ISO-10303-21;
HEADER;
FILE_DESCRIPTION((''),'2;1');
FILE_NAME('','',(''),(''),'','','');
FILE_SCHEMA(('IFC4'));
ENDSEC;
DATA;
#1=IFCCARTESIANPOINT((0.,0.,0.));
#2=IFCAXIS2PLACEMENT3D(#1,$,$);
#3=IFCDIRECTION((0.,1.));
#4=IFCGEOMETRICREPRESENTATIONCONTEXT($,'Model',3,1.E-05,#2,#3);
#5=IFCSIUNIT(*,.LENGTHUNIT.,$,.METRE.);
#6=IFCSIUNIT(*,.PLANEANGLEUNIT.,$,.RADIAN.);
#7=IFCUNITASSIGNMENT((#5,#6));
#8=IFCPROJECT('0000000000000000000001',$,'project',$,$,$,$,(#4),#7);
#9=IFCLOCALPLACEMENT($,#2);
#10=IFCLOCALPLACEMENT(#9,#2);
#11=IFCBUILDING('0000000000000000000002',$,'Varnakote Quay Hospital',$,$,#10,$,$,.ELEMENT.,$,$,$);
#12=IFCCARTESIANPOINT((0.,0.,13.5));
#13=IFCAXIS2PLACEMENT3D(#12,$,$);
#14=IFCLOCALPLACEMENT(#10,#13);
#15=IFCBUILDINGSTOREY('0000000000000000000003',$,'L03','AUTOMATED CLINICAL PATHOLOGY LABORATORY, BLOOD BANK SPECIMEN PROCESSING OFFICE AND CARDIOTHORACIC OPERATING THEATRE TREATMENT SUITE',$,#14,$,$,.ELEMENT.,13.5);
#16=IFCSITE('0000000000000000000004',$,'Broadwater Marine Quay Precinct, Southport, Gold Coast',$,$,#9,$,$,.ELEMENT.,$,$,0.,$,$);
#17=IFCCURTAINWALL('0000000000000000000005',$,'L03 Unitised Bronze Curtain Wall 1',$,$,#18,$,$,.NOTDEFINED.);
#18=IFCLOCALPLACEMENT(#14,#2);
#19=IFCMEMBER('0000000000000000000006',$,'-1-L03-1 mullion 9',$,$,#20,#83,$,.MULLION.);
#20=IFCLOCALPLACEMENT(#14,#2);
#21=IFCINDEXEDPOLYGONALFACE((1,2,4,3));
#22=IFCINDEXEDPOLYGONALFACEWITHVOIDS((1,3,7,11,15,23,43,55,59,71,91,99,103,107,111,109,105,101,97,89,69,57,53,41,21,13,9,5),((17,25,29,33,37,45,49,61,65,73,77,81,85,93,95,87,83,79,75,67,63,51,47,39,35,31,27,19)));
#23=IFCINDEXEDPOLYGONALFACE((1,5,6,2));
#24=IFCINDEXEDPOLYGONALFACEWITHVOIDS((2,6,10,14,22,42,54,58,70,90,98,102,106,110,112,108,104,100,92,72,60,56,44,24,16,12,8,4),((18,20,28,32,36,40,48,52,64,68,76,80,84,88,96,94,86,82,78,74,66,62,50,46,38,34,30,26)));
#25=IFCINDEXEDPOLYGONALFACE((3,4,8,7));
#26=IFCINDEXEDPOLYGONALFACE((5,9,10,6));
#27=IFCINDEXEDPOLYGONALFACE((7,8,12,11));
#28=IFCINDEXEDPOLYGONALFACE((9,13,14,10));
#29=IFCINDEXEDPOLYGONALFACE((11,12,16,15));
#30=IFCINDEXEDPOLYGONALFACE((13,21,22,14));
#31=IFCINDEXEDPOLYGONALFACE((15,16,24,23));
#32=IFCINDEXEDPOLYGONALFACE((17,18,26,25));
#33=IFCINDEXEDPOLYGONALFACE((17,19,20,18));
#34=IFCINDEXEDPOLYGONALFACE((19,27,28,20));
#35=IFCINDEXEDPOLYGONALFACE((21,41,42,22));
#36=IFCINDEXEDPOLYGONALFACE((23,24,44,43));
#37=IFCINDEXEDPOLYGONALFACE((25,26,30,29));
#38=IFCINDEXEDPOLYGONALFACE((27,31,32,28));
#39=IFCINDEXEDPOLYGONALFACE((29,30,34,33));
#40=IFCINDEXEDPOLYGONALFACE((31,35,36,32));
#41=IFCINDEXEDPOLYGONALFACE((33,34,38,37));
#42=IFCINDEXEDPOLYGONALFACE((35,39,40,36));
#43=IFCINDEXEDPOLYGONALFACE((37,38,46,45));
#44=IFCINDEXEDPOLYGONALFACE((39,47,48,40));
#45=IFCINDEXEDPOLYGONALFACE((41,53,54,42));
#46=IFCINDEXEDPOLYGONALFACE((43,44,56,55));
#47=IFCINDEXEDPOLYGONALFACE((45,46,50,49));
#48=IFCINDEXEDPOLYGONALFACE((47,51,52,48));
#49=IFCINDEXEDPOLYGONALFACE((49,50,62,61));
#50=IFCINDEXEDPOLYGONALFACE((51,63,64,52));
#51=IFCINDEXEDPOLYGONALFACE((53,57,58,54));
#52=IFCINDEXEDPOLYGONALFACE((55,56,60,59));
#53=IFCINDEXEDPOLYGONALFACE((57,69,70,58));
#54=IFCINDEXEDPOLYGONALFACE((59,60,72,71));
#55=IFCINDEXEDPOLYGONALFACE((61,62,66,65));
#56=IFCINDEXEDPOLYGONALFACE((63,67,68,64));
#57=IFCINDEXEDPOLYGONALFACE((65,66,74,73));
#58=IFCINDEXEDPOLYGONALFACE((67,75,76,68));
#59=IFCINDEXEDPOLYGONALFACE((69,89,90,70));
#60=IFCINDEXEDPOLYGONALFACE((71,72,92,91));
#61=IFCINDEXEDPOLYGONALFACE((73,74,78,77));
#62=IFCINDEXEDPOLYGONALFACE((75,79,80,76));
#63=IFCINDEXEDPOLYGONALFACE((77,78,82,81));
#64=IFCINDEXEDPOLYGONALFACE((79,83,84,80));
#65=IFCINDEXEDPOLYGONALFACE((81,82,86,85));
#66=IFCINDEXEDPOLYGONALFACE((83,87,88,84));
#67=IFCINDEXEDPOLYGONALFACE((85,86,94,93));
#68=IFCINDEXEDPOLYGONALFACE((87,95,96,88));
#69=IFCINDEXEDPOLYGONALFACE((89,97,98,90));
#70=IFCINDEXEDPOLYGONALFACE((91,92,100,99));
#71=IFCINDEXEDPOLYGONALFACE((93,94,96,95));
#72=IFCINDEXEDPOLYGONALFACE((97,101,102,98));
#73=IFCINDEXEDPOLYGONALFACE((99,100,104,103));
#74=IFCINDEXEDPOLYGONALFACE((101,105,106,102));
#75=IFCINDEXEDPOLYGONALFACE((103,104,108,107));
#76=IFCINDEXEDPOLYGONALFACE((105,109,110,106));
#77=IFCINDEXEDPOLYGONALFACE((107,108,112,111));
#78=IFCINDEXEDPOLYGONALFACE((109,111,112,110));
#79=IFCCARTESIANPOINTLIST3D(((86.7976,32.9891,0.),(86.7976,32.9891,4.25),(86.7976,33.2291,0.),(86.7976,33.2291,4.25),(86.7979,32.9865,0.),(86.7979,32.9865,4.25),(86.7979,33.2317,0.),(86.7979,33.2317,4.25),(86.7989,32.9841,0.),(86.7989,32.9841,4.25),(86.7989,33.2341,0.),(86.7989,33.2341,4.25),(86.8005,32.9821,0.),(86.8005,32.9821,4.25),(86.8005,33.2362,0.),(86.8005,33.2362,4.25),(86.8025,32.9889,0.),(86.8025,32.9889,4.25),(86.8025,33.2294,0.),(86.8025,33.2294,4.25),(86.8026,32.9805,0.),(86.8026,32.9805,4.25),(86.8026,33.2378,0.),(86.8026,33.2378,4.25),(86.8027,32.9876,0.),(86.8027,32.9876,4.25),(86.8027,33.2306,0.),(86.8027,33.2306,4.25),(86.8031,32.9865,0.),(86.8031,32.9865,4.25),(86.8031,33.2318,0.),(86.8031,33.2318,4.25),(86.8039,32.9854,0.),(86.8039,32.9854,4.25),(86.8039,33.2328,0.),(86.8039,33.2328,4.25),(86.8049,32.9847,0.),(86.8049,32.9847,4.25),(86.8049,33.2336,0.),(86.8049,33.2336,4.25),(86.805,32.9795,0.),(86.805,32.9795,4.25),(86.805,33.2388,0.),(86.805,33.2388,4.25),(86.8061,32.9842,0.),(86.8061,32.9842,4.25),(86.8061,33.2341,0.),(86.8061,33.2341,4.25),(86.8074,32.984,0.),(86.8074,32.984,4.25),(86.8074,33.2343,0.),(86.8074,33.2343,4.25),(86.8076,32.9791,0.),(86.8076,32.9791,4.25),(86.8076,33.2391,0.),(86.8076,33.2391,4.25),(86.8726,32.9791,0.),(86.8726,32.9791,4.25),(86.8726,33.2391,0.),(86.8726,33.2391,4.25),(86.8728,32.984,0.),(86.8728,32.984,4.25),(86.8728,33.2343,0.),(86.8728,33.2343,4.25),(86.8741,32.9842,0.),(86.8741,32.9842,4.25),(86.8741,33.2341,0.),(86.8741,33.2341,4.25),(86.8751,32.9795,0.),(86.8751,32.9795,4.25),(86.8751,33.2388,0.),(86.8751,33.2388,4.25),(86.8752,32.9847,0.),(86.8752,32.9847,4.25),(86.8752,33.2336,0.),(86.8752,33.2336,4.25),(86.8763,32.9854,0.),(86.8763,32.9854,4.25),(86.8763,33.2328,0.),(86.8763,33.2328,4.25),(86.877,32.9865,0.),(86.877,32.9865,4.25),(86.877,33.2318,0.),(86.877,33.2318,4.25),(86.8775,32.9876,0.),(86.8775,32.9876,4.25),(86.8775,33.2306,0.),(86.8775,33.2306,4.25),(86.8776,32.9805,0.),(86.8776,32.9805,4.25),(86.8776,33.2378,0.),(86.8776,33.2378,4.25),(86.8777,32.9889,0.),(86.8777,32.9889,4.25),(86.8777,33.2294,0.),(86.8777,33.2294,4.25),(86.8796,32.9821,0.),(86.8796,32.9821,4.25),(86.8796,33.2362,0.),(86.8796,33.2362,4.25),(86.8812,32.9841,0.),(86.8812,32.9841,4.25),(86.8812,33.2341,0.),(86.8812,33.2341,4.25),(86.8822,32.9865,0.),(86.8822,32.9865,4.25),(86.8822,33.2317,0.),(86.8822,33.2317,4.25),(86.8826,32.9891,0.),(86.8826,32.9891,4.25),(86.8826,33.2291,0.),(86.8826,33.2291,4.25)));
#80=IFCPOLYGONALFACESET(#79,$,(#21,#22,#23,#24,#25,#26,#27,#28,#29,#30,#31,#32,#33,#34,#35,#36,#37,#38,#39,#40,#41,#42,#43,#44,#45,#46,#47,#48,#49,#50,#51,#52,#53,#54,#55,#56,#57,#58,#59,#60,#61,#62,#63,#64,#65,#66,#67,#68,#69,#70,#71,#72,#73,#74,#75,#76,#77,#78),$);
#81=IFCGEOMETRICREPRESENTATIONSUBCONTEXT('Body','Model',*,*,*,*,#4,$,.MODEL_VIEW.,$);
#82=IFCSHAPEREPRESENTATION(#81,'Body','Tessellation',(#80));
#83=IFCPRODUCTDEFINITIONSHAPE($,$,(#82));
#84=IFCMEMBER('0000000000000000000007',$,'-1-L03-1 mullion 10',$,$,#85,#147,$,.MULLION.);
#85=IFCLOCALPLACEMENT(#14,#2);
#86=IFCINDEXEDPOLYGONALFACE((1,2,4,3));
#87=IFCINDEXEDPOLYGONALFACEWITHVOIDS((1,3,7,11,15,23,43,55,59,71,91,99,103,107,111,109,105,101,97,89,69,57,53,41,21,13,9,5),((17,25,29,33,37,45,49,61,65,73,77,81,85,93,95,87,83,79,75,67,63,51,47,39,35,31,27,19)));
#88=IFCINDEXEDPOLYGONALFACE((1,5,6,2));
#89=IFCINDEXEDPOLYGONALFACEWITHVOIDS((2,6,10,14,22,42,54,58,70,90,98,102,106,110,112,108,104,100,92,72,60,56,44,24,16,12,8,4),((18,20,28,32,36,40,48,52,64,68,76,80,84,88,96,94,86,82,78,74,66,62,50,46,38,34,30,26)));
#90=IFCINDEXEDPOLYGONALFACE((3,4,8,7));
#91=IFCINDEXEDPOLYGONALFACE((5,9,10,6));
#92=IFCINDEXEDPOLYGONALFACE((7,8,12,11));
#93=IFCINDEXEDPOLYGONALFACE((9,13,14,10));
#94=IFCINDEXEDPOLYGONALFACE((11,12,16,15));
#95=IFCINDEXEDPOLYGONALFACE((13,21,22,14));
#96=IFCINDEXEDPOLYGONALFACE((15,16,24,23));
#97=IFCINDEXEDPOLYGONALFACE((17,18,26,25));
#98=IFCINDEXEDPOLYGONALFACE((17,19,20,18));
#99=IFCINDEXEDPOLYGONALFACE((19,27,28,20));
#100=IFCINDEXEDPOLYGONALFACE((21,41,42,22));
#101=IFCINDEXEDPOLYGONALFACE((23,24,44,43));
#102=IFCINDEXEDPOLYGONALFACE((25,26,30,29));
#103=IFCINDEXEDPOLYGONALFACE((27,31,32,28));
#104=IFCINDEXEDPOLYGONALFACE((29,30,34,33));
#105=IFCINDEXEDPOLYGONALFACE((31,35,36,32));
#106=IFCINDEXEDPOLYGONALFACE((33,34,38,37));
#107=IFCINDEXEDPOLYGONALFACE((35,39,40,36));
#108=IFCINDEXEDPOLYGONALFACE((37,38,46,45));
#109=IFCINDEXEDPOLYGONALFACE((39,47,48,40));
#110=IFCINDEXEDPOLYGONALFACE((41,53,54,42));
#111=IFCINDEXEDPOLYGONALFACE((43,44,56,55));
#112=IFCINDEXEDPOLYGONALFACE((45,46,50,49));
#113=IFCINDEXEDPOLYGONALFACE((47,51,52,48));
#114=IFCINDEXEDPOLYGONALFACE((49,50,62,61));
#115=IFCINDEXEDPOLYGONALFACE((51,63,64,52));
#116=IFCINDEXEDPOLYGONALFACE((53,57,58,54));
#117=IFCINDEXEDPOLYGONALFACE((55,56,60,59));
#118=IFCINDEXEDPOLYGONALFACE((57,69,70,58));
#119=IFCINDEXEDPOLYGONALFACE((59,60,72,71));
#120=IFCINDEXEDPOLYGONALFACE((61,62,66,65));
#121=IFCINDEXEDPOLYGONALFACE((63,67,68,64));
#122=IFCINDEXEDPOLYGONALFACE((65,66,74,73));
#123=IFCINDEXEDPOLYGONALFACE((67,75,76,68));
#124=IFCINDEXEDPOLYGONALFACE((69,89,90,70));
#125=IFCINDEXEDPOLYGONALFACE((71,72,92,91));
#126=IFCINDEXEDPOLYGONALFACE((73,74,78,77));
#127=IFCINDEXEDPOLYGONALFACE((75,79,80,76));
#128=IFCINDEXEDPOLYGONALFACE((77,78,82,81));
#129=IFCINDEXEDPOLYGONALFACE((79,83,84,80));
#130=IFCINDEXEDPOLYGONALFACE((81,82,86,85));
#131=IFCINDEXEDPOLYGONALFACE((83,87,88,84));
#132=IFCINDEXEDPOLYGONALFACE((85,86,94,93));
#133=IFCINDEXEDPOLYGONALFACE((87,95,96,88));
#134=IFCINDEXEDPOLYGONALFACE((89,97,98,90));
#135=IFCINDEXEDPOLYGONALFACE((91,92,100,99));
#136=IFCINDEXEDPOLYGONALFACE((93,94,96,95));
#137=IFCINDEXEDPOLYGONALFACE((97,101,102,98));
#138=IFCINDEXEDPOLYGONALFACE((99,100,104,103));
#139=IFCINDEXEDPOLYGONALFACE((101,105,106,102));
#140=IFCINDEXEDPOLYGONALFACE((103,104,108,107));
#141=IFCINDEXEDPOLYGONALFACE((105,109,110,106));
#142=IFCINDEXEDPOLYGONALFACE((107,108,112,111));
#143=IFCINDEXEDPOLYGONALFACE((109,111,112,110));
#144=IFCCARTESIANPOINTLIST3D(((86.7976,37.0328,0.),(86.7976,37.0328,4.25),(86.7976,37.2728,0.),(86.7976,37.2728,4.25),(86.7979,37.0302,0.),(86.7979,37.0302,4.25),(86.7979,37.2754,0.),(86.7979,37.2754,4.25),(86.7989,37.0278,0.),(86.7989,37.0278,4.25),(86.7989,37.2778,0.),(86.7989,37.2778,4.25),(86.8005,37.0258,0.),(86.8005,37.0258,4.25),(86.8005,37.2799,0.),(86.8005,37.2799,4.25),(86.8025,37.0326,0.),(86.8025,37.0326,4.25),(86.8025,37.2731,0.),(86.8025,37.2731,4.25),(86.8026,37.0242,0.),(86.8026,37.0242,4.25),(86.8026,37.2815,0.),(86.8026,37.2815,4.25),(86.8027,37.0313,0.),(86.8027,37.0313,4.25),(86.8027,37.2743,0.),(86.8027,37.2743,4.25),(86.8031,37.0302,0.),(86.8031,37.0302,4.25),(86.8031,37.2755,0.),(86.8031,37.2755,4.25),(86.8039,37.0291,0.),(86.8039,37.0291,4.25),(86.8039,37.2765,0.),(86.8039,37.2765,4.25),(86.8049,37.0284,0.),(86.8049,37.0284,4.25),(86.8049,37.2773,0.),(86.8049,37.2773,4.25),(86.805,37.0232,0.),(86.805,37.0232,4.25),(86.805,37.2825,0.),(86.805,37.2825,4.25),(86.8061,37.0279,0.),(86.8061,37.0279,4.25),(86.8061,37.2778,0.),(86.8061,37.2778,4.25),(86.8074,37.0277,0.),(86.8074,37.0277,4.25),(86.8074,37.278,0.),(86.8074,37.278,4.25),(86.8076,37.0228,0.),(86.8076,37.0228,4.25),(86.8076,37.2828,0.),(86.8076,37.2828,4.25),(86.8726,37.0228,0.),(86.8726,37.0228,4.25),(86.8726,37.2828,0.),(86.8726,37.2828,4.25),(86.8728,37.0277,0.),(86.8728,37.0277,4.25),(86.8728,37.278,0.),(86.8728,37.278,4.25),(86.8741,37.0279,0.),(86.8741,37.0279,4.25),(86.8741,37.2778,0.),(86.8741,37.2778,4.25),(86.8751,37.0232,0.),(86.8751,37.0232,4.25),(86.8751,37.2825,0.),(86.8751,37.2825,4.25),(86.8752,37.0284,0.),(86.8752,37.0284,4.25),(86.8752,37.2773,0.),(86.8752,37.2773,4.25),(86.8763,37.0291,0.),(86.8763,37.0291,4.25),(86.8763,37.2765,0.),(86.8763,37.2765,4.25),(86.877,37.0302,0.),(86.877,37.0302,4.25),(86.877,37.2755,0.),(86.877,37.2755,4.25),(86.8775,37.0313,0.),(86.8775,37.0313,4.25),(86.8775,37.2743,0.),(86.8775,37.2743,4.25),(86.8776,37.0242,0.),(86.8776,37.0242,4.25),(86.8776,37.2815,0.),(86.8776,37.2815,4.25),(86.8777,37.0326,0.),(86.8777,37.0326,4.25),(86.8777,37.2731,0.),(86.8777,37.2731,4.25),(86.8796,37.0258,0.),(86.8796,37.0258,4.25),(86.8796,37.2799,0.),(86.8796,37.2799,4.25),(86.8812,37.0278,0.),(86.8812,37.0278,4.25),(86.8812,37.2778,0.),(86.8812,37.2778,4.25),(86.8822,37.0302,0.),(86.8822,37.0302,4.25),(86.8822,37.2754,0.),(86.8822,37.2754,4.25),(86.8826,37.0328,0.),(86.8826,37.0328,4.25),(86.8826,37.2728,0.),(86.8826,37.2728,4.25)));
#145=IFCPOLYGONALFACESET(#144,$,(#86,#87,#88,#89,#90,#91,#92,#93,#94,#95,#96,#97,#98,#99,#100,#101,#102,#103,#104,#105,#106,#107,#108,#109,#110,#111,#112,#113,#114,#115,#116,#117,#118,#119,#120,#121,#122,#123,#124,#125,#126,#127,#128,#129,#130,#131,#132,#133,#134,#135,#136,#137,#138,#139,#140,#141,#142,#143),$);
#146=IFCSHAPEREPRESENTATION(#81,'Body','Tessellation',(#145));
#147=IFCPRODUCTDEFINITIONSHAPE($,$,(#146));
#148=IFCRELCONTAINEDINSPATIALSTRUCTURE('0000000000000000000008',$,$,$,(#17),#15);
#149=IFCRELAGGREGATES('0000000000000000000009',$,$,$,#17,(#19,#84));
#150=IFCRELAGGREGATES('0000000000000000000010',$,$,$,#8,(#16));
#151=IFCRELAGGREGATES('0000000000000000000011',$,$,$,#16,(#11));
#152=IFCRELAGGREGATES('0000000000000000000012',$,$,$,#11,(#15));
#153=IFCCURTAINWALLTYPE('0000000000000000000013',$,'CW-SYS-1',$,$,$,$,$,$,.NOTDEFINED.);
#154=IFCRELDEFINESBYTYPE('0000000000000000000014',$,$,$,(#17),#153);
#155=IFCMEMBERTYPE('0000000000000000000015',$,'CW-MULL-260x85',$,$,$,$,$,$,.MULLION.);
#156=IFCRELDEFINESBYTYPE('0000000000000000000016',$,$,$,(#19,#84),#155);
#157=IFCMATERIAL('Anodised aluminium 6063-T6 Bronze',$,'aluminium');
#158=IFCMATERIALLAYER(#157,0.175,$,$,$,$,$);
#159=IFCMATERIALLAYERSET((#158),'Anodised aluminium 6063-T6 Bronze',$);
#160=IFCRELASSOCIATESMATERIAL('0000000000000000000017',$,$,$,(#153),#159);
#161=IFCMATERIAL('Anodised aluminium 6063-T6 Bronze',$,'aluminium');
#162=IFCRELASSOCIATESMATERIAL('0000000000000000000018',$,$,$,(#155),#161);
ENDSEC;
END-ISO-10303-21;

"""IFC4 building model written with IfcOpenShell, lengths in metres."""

from ifc_helpers import new_model, si_unit, direction, frame, origin, origin_2d, place, context, subcontext, project, spatial, hollow_rectangle, extrude, material, layer, layer_set, material_profile, profile_set, type_object, element, aggregate, save


model = new_model("IFC4")

# Units and contexts
model_context = context("Model", 3, precision=1e-05, world=origin(), true_north=direction((0.0, 1.0)))
body_context = subcontext(model_context, "Body", "Model", "MODEL_VIEW")
ifc_project = project(units=[si_unit("LENGTHUNIT", "METRE"), si_unit("PLANEANGLEUNIT", "RADIAN")], contexts=[model_context])

# Site, building, storey
site_placement = place(None, origin())
site = spatial("IfcSite", under=ifc_project, at=site_placement, Name="Broadwater Marine Quay Precinct, Southport, Gold Coast", CompositionType="ELEMENT", RefElevation=0.0)
building_placement = place(site_placement, origin())
building = spatial("IfcBuilding", under=site, at=building_placement, Name="Varnakote Quay Hospital", CompositionType="ELEMENT")
storey_placement = place(building_placement, frame((0.0, 0.0, 13.5)))
storey = spatial("IfcBuildingStorey", under=building, at=storey_placement, Name="L03", Description="AUTOMATED CLINICAL PATHOLOGY LABORATORY, BLOOD BANK SPECIMEN PROCESSING OFFICE AND CARDIOTHORACIC OPERATING THEATRE TREATMENT SUITE", CompositionType="ELEMENT", Elevation=13.5)

# Curtain wall, members
ifc_material_1 = material(Name="Anodised aluminium 6063-T6 Bronze", Category="aluminium")
ifc_layer_1 = layer(ifc_material_1, 0.175)
ifc_layer_set_1 = layer_set([ifc_layer_1], Name="Anodised aluminium 6063-T6 Bronze")
curtain_wall_type = type_object("IfcCurtainWallType", Name="CW-SYS-1", PredefinedType="NOTDEFINED", material=ifc_layer_set_1)
curtain_wall_placement = place(storey_placement, origin())
curtain_wall = element("IfcCurtainWall", 1, at=curtain_wall_placement, inside=storey, type_object=curtain_wall_type, Name="L03 Unitised Bronze Curtain Wall 1", PredefinedType="NOTDEFINED")
ifc_material_2 = material(Name="Anodised aluminium 6063-T6 Bronze", Category="aluminium")
ifc_material_profile_1 = material_profile(ifc_material_2, hollow_rectangle(XDim=0.085, YDim=0.26, WallThickness=0.0049, InnerFilletRadius=0.0049, OuterFilletRadius=0.01, at=origin_2d()), Name="CW-MULL-260x85")
ifc_profile_set_1 = profile_set([ifc_material_profile_1], Name="Anodised aluminium 6063-T6 Bronze")
member_type_1 = type_object("IfcMemberType", Name="CW-MULL-260x85", PredefinedType="MULLION", material=ifc_profile_set_1)
member_1_placement = place(storey_placement, frame((86.8401, 33.1091, 0.0), z_axis=(0.0, 0.0, 1.0), x_axis=(-1.0, 0.0, 0.0)))
member_1 = element("IfcMember", 2, at=member_1_placement, type_object=member_type_1, Name="-1-L03-1 mullion 9", PredefinedType="MULLION", context=body_context, shape_type="SweptSolid", body=[
    extrude(hollow_rectangle(XDim=0.085, YDim=0.26, WallThickness=0.0049, InnerFilletRadius=0.0049, OuterFilletRadius=0.01, at=origin_2d()), origin(), (0.0, 0.0, 1.0), 4.25),
])
member_2_placement = place(storey_placement, frame((86.8401, 37.1528, 0.0), z_axis=(0.0, 0.0, 1.0), x_axis=(-1.0, 0.0, 0.0)))
member_2 = element("IfcMember", 3, at=member_2_placement, type_object=member_type_1, Name="-1-L03-1 mullion 10", PredefinedType="MULLION", context=body_context, shape_type="SweptSolid", body=[
    extrude(hollow_rectangle(XDim=0.085, YDim=0.26, WallThickness=0.0049, InnerFilletRadius=0.0049, OuterFilletRadius=0.01, at=origin_2d()), origin(), (0.0, 0.0, 1.0), 4.25),
])

aggregate(curtain_wall, [member_1, member_2])

save(model, "model.ifc")
